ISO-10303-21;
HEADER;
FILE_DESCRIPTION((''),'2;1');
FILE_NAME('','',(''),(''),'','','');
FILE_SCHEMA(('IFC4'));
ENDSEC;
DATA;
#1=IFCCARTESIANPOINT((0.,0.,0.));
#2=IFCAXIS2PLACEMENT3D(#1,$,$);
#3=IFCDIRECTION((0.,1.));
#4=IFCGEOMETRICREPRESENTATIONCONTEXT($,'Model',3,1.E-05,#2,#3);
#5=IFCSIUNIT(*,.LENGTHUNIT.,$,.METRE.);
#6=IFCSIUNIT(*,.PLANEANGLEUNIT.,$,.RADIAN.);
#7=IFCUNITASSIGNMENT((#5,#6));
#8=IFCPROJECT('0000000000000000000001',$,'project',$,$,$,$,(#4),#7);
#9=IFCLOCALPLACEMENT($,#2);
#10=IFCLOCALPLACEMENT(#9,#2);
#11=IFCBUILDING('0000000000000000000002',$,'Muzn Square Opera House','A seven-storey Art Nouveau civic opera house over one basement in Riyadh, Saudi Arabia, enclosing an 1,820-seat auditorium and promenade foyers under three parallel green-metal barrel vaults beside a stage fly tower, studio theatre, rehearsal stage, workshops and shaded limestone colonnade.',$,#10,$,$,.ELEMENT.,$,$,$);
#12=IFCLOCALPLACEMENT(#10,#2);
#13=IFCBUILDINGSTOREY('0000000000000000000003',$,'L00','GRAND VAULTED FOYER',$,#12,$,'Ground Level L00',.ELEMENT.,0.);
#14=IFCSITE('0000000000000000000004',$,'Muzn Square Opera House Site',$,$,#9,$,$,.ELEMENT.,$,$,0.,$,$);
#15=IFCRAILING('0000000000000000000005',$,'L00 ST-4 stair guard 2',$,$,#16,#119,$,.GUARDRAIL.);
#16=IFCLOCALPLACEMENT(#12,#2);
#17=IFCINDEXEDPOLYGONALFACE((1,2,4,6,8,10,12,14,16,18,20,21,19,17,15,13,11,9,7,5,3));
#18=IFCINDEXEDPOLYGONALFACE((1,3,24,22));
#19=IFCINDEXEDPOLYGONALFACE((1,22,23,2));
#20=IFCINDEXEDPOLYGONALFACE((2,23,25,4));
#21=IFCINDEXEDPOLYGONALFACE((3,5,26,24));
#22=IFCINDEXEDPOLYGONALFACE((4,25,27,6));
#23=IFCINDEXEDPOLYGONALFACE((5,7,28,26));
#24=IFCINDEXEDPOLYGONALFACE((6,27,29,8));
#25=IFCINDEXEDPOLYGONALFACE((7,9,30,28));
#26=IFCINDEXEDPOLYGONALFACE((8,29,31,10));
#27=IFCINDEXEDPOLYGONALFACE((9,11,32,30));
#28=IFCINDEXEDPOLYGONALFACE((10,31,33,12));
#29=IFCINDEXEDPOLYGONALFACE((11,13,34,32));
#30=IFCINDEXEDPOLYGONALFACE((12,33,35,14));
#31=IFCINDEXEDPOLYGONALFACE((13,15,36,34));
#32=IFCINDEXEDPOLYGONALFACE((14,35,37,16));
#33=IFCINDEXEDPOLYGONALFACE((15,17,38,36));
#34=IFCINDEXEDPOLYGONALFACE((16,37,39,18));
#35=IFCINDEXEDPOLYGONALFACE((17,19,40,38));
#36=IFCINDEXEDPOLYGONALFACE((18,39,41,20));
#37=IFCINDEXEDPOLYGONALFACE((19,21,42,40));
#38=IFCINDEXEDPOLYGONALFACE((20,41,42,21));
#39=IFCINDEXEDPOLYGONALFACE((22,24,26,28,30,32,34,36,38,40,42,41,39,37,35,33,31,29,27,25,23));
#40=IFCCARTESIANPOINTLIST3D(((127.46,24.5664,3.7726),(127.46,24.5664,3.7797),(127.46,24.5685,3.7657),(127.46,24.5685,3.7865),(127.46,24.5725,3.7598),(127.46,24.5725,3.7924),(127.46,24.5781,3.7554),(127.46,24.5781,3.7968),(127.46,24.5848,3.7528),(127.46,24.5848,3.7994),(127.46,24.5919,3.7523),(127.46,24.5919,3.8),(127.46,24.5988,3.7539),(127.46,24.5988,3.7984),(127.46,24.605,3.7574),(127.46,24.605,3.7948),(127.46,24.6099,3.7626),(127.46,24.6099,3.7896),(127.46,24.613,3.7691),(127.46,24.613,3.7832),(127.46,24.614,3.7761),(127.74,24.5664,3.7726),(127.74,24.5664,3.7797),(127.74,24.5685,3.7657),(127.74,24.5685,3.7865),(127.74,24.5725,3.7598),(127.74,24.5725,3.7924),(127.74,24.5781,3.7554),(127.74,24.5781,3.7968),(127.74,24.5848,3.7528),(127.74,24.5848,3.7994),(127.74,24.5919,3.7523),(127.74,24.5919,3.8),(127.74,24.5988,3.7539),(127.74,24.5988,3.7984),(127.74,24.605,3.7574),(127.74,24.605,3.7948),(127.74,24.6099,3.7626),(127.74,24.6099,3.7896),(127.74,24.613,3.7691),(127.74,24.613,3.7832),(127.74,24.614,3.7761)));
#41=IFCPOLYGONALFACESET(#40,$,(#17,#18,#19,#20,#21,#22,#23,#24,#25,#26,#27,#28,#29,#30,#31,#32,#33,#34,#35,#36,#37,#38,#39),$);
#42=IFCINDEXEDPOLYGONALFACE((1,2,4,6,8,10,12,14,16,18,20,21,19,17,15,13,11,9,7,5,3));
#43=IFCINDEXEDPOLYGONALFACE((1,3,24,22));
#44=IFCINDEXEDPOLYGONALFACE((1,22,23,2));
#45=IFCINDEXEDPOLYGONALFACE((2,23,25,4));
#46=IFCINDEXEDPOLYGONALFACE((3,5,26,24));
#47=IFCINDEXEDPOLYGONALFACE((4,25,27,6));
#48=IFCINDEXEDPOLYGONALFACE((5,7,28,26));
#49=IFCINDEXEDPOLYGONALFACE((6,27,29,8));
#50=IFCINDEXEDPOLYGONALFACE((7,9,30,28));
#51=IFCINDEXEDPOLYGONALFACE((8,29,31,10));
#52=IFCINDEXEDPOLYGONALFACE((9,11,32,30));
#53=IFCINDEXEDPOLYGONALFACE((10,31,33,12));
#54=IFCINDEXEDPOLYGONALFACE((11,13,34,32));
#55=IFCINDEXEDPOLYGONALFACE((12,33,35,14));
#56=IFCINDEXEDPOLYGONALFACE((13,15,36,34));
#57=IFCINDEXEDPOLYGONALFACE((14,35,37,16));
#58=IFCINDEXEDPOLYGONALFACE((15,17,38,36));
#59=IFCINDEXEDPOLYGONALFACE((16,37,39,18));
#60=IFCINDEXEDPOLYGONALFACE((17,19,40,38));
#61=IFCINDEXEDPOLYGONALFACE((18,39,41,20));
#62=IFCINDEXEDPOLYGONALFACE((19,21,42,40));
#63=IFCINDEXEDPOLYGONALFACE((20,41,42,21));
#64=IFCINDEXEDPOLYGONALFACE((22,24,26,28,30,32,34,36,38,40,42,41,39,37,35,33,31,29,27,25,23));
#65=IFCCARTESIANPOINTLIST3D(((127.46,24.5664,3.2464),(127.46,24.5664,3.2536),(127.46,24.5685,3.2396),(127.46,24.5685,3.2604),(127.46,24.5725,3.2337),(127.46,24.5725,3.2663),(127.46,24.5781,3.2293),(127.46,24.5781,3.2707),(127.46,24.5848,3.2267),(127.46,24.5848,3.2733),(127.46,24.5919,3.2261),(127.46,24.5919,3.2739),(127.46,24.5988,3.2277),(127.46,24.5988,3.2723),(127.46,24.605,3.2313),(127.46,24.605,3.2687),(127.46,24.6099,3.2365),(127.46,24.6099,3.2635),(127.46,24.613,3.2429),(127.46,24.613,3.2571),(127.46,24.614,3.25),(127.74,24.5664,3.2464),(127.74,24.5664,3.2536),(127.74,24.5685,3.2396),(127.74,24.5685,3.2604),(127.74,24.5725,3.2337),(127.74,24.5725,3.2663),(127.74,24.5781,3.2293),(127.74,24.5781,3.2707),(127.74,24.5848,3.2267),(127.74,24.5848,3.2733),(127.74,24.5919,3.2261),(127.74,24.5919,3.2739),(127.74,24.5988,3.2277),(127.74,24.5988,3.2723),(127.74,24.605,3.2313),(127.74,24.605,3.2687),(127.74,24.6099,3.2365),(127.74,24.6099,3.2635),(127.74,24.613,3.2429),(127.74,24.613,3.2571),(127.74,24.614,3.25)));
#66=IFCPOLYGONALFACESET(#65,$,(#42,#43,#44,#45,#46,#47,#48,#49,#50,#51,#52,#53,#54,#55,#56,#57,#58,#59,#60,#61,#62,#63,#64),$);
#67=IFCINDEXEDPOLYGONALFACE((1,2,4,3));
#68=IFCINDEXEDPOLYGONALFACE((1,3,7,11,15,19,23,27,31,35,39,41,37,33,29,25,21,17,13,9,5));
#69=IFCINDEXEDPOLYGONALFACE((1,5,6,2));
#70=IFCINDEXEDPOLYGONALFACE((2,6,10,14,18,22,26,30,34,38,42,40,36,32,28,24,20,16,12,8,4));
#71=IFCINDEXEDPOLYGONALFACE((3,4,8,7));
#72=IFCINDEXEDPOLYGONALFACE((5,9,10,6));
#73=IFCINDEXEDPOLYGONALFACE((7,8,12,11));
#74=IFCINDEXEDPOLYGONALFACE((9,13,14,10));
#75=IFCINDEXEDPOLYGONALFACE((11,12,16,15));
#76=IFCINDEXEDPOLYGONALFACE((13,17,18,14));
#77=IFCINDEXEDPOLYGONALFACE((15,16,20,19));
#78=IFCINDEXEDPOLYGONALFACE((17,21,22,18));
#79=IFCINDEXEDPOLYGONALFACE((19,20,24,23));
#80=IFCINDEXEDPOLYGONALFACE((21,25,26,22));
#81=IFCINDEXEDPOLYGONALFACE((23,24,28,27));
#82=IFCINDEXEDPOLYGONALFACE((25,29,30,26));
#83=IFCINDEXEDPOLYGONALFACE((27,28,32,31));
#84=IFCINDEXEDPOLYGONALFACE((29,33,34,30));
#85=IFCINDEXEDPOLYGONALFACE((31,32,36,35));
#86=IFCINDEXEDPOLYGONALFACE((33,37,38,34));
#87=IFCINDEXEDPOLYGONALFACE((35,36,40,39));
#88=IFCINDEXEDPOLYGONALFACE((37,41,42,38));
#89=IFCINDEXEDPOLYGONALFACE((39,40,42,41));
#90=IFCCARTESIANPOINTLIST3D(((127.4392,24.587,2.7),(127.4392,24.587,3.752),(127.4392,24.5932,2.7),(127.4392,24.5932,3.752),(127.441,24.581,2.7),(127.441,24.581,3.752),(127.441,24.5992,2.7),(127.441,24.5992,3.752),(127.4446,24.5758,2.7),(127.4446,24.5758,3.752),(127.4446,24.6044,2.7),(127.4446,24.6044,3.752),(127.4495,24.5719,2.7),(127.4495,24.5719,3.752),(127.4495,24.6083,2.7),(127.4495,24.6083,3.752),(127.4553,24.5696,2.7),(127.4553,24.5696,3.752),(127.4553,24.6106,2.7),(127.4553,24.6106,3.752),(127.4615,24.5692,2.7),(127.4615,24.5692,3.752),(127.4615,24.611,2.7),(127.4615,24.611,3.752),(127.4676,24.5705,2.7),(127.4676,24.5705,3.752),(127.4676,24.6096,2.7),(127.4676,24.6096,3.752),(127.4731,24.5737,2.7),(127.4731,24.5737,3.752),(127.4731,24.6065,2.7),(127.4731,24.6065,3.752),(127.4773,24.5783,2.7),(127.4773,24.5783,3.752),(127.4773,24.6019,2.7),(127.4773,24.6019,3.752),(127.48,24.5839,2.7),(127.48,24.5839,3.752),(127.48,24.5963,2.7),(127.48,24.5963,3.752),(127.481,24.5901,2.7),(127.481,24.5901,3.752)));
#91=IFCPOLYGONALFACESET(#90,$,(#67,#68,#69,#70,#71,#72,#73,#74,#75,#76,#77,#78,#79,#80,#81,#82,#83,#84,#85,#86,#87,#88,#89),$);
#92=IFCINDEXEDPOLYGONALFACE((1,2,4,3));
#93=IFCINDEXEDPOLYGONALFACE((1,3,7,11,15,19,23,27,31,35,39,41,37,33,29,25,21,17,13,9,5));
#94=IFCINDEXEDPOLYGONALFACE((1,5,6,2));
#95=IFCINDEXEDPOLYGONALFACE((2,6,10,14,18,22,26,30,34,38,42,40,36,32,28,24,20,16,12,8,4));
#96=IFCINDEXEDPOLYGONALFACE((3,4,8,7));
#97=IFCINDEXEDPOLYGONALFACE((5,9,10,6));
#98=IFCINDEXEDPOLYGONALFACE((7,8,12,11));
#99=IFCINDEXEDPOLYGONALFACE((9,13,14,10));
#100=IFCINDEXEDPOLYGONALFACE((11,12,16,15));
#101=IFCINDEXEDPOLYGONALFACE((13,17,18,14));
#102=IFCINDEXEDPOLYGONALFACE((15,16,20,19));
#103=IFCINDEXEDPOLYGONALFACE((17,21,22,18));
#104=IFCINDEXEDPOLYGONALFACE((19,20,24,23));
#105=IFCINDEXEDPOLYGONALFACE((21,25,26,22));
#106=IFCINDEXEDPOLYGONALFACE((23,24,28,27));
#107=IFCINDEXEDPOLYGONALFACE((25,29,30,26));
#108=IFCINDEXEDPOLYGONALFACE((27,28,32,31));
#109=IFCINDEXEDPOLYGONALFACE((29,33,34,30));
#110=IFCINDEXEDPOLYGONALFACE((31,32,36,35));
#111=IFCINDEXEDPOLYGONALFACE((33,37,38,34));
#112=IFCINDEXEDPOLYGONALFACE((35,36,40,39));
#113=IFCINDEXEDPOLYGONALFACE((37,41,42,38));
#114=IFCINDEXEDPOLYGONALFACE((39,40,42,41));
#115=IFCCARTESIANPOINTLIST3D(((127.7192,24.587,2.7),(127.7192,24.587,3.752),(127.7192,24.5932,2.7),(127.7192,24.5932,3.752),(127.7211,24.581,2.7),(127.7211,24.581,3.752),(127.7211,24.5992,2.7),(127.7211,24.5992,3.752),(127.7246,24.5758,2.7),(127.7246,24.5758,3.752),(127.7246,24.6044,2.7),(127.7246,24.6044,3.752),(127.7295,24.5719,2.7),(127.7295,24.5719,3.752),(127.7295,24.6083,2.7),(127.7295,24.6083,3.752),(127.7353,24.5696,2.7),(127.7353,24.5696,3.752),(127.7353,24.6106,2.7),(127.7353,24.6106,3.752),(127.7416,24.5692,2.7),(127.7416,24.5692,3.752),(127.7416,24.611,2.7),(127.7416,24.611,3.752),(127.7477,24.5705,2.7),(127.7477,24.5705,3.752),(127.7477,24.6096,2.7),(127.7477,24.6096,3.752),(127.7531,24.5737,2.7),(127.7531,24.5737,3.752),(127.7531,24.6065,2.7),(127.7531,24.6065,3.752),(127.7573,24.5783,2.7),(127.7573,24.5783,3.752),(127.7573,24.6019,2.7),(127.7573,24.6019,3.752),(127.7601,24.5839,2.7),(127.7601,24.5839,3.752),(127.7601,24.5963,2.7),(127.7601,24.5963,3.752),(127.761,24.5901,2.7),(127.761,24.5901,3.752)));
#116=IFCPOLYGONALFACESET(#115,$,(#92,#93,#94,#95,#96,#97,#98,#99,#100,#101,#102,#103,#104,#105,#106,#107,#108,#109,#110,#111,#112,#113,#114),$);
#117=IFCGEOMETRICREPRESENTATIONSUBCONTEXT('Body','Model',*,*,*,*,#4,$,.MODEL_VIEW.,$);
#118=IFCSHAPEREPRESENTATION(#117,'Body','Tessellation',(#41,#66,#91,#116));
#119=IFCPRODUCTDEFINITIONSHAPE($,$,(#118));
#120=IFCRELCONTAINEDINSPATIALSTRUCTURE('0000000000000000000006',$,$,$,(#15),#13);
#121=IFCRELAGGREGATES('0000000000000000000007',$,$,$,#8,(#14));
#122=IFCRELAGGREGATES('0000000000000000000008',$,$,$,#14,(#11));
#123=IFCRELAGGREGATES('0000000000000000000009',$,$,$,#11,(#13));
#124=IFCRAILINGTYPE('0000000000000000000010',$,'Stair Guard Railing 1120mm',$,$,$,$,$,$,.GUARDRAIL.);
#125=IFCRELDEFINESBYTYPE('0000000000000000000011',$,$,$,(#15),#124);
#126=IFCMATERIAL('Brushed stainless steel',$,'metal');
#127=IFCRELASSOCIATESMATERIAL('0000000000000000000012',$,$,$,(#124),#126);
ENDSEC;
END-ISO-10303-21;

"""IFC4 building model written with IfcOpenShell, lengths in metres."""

from ifc_helpers import new_model, si_unit, direction, frame, origin, origin_2d, place, context, subcontext, project, spatial, circle, extrude, material, type_object, element, save


model = new_model("IFC4")

# Units and contexts
model_context = context("Model", 3, precision=1e-05, world=origin(), true_north=direction((0.0, 1.0)))
body_context = subcontext(model_context, "Body", "Model", "MODEL_VIEW")
ifc_project = project(units=[si_unit("LENGTHUNIT", "METRE"), si_unit("PLANEANGLEUNIT", "RADIAN")], contexts=[model_context])

# Site, building, storey
site_placement = place(None, origin())
site = spatial("IfcSite", under=ifc_project, at=site_placement, Name="Muzn Square Opera House Site", CompositionType="ELEMENT", RefElevation=0.0)
building_placement = place(site_placement, origin())
building = spatial("IfcBuilding", under=site, at=building_placement, Name="Muzn Square Opera House", Description="A seven-storey Art Nouveau civic opera house over one basement in Riyadh, Saudi Arabia, enclosing an 1,820-seat auditorium and promenade foyers under three parallel green-metal barrel vaults beside a stage fly tower, studio theatre, rehearsal stage, workshops and shaded limestone colonnade.", CompositionType="ELEMENT")
storey_placement = place(building_placement, origin())
storey = spatial("IfcBuildingStorey", under=building, at=storey_placement, Name="L00", Description="GRAND VAULTED FOYER", LongName="Ground Level L00", CompositionType="ELEMENT", Elevation=0.0)

# Railing
ifc_material_1 = material(Name="Brushed stainless steel", Category="metal")
railing_type_1 = type_object("IfcRailingType", Name="Stair Guard Railing 1120mm", PredefinedType="GUARDRAIL", material=ifc_material_1)
railing_1_placement = place(storey_placement, frame((127.46, 24.5901, 2.7)))
element("IfcRailing", 1, at=railing_1_placement, inside=storey, type_object=railing_type_1, Name="L00 ST-4 stair guard 2", PredefinedType="GUARDRAIL", context=body_context, shape_type="SweptSolid", body=[
    extrude(circle(Radius=0.0239, at=origin_2d()), frame((0.0, 0.0, 1.0762), z_axis=(1.0, 0.0, 0.0), x_axis=(0.0, 1.0, 0.0)), (0.0, 0.0, 1.0), 0.28),
    extrude(circle(Radius=0.0239, at=origin_2d()), frame((0.0, 0.0, 0.55), z_axis=(1.0, 0.0, 0.0), x_axis=(0.0, 1.0, 0.0)), (0.0, 0.0, 1.0), 0.28),
    extrude(circle(Radius=0.021, at=origin_2d()), origin(), (0.0, 0.0, 1.0), 1.052),
    extrude(circle(Radius=0.021, at=origin_2d()), frame((0.28, 0.0, 0.0)), (0.0, 0.0, 1.0), 1.052),
])

save(model, "model.ifc")
